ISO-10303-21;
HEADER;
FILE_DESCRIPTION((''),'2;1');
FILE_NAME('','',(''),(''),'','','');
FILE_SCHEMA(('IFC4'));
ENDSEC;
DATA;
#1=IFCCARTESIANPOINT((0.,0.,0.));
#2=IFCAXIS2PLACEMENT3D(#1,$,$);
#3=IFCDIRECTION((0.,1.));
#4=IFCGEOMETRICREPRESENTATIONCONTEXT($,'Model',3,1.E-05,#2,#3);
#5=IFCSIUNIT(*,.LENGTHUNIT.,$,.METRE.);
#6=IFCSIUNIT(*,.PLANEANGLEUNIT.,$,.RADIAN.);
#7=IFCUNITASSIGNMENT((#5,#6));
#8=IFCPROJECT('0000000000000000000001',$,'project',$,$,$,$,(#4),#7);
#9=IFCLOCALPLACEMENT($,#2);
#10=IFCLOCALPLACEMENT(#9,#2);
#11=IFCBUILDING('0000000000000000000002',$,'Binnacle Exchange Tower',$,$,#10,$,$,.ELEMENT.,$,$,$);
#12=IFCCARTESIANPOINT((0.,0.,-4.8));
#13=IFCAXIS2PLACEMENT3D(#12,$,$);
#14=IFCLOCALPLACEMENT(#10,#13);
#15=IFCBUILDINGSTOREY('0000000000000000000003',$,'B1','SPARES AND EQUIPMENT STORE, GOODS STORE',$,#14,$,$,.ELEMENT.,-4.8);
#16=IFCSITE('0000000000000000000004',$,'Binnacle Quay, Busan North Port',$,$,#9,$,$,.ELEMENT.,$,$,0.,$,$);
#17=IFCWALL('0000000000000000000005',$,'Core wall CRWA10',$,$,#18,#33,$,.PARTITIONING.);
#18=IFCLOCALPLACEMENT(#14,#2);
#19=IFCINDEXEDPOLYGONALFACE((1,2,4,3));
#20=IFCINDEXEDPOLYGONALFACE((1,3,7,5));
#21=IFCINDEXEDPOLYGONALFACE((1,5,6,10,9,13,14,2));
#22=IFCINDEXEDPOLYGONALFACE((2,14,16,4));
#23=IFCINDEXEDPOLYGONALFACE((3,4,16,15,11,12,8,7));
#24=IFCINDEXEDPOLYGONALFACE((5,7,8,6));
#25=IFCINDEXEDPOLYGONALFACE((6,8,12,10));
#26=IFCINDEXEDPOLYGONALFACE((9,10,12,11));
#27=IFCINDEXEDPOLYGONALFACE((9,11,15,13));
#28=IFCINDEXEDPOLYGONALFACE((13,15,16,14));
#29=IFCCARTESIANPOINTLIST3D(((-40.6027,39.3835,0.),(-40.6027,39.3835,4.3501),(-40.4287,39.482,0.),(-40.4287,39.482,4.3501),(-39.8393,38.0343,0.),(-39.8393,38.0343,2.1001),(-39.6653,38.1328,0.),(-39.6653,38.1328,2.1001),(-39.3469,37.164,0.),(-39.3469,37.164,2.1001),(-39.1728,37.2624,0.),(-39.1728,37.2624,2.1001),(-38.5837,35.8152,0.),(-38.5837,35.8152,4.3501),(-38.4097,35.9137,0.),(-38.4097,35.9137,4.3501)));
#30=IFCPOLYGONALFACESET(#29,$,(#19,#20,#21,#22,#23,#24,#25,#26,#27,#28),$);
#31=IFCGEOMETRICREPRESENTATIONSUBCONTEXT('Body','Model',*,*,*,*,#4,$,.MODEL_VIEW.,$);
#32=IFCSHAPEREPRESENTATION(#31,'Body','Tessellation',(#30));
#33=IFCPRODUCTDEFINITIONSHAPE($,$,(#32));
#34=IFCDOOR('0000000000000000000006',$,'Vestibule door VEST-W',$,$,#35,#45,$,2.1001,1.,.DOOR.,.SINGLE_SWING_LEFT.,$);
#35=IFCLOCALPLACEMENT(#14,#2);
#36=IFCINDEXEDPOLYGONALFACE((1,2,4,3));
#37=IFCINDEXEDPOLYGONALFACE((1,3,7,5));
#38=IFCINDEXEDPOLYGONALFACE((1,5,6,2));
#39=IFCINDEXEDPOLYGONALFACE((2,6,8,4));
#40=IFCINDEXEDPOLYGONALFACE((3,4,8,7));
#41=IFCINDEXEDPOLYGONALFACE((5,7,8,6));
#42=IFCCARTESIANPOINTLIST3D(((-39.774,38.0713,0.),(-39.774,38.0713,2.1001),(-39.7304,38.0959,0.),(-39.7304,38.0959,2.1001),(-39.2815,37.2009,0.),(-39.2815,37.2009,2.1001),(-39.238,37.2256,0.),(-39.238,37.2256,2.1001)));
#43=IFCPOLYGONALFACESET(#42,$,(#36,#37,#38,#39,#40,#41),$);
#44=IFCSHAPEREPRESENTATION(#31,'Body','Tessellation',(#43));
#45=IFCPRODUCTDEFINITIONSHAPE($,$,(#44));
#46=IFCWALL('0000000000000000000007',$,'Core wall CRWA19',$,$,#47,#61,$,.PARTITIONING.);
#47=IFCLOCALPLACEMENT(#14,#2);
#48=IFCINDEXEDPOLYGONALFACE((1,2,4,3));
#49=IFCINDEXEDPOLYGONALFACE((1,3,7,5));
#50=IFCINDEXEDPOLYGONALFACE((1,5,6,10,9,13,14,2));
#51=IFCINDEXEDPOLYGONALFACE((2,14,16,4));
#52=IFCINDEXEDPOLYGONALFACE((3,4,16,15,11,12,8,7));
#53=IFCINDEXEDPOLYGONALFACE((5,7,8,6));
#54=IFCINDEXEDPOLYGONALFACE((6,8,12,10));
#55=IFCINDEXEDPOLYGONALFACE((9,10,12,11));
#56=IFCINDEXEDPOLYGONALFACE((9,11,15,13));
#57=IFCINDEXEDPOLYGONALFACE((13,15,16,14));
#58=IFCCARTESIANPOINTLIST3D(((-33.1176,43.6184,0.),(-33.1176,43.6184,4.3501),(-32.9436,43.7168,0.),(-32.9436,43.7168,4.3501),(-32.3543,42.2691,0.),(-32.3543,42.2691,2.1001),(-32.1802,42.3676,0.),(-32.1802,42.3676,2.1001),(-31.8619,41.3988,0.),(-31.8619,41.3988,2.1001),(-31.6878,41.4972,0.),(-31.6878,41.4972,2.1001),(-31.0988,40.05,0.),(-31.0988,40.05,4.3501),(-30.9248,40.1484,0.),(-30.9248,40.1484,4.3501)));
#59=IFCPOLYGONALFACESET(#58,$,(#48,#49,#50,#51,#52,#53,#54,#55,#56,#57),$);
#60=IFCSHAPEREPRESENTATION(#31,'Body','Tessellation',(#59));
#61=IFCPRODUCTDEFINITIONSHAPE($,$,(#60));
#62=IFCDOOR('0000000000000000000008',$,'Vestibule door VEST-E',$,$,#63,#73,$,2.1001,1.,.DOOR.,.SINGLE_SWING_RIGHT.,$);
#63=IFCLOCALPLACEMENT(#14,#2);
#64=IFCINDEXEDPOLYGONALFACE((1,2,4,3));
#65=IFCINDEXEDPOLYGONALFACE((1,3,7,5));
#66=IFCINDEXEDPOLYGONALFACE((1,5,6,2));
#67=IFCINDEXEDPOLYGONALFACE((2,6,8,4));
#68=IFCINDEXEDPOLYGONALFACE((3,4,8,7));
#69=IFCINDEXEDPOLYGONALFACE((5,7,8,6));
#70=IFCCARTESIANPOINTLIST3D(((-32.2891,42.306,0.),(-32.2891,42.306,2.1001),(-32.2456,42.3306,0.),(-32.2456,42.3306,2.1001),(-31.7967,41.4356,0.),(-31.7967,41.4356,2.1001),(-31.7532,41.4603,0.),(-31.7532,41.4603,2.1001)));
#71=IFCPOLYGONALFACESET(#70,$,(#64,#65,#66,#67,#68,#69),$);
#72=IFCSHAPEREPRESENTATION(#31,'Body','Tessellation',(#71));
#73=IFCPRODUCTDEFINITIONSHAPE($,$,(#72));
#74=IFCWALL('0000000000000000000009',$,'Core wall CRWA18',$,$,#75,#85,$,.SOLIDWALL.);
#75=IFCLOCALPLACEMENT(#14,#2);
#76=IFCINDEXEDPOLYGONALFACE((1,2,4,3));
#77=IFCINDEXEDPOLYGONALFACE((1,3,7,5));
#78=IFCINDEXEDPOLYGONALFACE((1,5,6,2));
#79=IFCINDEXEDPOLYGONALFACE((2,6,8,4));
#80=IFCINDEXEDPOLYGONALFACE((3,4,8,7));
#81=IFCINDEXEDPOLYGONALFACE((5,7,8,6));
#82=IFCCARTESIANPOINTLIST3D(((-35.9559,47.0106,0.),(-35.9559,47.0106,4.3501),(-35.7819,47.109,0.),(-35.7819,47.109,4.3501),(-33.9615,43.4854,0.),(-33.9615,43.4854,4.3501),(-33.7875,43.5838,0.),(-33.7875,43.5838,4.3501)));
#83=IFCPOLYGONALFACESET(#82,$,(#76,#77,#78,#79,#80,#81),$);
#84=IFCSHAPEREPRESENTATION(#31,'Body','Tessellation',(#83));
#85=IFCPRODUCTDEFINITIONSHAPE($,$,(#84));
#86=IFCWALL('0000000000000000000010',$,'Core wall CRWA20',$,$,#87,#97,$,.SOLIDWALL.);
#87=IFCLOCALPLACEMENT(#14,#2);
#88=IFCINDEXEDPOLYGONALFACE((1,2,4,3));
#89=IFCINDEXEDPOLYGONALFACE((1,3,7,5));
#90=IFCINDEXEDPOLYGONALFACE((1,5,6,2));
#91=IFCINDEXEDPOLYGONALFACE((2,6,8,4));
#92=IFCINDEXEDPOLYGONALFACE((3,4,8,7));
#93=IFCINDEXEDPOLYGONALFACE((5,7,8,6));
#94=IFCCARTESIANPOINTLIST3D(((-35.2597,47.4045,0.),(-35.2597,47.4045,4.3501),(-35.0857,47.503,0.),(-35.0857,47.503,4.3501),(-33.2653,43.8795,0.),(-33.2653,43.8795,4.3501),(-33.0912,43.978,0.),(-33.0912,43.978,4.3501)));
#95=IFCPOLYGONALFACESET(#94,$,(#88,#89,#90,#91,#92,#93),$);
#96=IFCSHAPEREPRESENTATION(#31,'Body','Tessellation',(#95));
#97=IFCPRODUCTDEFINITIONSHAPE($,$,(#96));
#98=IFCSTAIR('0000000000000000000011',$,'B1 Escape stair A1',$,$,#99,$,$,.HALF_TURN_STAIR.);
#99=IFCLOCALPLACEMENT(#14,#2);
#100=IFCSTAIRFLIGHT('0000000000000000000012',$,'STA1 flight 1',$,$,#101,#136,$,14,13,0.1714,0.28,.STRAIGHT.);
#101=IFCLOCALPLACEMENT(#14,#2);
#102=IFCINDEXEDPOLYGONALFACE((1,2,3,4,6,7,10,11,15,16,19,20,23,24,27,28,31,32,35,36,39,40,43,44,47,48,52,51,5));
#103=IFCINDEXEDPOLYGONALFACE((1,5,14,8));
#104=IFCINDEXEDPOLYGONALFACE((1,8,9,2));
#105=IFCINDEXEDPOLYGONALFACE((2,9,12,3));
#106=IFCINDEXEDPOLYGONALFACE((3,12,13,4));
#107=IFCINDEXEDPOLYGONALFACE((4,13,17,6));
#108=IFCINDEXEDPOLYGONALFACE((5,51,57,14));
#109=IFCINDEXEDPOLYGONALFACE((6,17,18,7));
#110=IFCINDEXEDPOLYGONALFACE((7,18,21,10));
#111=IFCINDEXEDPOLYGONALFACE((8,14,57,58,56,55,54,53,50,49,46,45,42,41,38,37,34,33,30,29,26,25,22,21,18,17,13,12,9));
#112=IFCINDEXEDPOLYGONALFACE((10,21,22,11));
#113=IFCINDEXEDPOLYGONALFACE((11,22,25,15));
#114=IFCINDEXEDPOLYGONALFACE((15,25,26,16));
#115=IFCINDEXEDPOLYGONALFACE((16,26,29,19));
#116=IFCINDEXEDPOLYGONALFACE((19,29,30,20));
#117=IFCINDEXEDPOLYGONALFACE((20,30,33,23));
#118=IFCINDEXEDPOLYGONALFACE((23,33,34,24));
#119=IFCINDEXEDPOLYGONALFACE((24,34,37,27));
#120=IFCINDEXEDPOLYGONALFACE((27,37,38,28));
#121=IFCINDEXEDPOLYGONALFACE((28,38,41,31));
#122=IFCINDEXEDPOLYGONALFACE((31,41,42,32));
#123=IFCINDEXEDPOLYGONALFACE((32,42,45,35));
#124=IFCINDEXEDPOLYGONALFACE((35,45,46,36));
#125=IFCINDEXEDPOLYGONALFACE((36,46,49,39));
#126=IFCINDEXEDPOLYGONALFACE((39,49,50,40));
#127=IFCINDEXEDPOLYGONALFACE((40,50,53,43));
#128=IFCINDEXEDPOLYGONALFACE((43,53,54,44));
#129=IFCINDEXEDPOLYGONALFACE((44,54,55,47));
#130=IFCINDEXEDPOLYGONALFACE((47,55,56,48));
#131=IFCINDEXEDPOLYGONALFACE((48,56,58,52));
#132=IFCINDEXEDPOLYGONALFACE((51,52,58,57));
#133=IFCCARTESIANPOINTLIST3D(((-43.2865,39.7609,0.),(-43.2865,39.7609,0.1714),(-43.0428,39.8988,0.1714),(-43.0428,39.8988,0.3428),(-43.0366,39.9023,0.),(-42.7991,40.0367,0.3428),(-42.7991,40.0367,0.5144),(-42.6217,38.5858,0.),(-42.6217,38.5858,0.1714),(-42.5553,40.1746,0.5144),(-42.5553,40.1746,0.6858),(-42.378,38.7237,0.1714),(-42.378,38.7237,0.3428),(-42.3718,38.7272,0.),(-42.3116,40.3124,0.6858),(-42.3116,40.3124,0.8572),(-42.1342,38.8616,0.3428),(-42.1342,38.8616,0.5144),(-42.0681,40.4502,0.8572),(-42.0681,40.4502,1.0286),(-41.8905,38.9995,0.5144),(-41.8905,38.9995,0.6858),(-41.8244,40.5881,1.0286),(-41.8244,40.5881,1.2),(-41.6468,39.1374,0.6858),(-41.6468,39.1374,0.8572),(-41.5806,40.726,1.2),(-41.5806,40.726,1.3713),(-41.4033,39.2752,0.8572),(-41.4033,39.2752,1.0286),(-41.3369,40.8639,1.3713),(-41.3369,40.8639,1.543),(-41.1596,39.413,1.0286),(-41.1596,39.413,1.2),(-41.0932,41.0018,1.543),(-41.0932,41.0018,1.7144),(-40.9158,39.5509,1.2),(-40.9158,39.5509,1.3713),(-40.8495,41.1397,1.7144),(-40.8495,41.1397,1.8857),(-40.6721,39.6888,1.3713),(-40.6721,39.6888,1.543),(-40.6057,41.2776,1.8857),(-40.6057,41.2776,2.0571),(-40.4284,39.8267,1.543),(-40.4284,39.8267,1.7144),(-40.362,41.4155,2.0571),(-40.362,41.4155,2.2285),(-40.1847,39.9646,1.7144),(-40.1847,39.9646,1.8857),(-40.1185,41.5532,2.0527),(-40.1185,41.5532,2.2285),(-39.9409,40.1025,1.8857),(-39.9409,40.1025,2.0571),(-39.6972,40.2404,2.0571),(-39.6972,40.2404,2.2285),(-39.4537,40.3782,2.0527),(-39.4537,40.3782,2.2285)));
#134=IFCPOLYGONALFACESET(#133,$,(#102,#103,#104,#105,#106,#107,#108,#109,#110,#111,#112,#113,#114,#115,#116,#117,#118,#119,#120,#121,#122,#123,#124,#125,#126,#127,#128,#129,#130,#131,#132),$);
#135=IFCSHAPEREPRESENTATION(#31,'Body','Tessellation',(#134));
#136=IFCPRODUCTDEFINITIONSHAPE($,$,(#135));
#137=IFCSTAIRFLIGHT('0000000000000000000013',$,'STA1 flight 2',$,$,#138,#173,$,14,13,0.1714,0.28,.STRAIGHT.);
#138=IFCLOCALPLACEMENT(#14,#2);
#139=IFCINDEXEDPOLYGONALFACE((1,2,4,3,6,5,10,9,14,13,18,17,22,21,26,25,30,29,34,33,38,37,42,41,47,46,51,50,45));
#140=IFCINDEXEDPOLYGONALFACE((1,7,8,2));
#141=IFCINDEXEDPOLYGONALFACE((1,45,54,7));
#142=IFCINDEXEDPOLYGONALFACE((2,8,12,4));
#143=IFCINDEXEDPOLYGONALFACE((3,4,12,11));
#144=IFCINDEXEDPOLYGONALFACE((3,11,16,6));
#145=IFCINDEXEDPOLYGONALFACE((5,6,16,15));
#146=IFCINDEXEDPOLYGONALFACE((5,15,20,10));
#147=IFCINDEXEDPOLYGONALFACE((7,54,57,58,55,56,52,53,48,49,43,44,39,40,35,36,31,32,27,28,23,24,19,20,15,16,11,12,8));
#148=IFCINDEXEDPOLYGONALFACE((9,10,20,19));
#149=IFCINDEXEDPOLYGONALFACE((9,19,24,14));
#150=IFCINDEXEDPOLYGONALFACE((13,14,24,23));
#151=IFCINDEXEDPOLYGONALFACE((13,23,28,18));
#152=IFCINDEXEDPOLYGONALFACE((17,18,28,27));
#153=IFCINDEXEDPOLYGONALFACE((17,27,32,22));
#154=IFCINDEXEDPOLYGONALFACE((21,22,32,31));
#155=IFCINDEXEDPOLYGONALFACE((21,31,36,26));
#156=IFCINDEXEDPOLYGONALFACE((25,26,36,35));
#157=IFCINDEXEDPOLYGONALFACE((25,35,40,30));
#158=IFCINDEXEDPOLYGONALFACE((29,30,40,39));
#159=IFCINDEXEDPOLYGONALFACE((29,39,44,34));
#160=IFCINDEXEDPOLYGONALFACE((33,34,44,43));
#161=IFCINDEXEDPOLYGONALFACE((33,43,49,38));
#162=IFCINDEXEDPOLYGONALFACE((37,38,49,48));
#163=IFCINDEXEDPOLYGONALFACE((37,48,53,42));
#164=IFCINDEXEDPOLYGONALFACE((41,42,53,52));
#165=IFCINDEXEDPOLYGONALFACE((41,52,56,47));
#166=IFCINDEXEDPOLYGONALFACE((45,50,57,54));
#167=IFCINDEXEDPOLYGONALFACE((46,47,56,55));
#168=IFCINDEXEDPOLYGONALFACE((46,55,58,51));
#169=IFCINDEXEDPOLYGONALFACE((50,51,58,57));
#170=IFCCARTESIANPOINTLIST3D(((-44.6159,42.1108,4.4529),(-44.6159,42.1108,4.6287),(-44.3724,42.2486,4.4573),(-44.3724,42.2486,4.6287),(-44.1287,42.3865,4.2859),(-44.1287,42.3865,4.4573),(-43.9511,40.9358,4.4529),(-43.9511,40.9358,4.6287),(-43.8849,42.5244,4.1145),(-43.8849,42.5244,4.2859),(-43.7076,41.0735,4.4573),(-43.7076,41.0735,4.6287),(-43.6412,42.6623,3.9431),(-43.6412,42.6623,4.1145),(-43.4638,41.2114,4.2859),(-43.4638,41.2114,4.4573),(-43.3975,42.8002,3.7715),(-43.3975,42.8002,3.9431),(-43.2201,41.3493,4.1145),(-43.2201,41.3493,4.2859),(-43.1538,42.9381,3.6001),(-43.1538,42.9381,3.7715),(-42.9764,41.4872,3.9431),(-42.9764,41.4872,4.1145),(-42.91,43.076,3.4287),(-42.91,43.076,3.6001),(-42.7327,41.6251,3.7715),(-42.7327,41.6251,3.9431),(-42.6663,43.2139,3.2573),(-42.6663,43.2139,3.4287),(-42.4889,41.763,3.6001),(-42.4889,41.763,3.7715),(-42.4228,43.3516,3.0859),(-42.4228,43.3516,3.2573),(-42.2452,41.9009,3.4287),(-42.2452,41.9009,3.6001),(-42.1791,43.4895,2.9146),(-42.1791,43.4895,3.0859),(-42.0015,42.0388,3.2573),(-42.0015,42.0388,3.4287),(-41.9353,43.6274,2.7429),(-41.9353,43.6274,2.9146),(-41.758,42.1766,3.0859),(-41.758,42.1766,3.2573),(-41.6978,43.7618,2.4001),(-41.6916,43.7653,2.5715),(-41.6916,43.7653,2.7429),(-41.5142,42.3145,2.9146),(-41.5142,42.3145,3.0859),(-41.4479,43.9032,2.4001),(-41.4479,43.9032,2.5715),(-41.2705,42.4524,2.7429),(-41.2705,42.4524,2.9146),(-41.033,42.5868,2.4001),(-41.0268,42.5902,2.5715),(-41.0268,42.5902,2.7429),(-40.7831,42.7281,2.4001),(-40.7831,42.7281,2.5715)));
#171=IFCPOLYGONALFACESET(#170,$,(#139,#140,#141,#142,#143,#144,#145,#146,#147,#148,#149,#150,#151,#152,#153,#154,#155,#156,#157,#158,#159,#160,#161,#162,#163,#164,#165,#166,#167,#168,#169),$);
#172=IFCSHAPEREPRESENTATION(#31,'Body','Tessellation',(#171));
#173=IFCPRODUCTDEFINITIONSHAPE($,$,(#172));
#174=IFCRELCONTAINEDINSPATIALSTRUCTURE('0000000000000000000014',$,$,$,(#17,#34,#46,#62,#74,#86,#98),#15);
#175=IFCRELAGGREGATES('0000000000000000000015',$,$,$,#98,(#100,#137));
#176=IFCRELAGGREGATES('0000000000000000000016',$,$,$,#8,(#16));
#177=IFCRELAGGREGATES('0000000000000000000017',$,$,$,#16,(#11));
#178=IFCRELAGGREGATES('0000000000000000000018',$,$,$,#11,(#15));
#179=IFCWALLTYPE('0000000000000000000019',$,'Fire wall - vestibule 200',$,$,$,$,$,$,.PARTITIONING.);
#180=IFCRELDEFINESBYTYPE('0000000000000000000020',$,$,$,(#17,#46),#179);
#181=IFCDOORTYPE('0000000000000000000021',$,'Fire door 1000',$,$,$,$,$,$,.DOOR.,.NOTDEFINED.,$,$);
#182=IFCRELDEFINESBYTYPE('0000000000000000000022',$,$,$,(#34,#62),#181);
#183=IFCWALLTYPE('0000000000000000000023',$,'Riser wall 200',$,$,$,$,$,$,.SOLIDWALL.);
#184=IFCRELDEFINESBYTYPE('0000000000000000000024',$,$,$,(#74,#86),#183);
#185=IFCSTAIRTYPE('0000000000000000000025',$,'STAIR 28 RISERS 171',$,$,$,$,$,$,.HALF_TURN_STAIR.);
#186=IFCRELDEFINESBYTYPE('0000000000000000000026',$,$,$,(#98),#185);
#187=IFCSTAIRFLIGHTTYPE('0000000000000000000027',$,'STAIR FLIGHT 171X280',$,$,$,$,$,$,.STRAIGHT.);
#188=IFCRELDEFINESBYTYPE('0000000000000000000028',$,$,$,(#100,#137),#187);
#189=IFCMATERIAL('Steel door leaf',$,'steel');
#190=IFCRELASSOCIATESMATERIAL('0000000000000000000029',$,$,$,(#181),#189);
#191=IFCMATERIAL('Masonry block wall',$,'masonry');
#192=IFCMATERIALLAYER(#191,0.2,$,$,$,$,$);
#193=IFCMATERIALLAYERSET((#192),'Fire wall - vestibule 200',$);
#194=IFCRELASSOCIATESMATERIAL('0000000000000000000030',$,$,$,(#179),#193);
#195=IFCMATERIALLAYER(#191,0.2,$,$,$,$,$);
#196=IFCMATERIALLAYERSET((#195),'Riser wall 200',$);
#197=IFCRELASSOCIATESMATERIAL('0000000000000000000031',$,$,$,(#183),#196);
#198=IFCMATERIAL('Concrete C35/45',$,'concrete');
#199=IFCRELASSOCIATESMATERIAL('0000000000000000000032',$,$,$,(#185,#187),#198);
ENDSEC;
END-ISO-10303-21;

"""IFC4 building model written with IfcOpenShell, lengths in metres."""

from ifc_helpers import new_model, si_unit, direction, frame, frame_2d, origin, place, context, subcontext, project, spatial, polyline, rectangle, outline, extrude, material, layer, layer_set, type_object, element, fill, aggregate, save


model = new_model("IFC4")

# Units and contexts
model_context = context("Model", 3, precision=1e-05, world=origin(), true_north=direction((0.0, 1.0)))
body_context = subcontext(model_context, "Body", "Model", "MODEL_VIEW")
ifc_project = project(units=[si_unit("LENGTHUNIT", "METRE"), si_unit("PLANEANGLEUNIT", "RADIAN")], contexts=[model_context])

# Site, building, storey
site_placement = place(None, origin())
site = spatial("IfcSite", under=ifc_project, at=site_placement, Name="Binnacle Quay, Busan North Port", CompositionType="ELEMENT", RefElevation=0.0)
building_placement = place(site_placement, origin())
building = spatial("IfcBuilding", under=site, at=building_placement, Name="Binnacle Exchange Tower", CompositionType="ELEMENT")
storey_placement = place(building_placement, frame((0.0, 0.0, -4.8)))
storey = spatial("IfcBuildingStorey", under=building, at=storey_placement, Name="B1", Description="SPARES AND EQUIPMENT STORE, GOODS STORE", CompositionType="ELEMENT", Elevation=-4.8)

# Shared definitions
ifc_material_1 = material(Name="Steel door leaf", Category="steel")

# Shared definitions
door_type_1 = type_object("IfcDoorType", Name="Fire door 1000", OperationType="NOTDEFINED", PredefinedType="DOOR", material=ifc_material_1)

# Walls, openings, doors
ifc_material_2 = material(Name="Masonry block wall", Category="masonry")
ifc_layer_1 = layer(ifc_material_2, 0.2)
ifc_layer_set_1 = layer_set([ifc_layer_1], Name="Fire wall - vestibule 200")
wall_type_1 = type_object("IfcWallType", Name="Fire wall - vestibule 200", PredefinedType="PARTITIONING", material=ifc_layer_set_1)
wall_1_placement = place(storey_placement, frame((-40.5156, 39.4326, 0.0), z_axis=(0.0, 0.0, 1.0), x_axis=(0.492454, -0.870339, 0.0)))
wall_1 = element("IfcWall", 1, at=wall_1_placement, inside=storey, type_object=wall_type_1, Name="Core wall CRWA10", PredefinedType="PARTITIONING", context=body_context, shape_type="SweptSolid", body=[
    extrude(rectangle(XDim=4.0999, YDim=0.2, at=frame_2d((2.0498, 0.0))), origin(), (0.0, 0.0, 1.0), 4.3501),
])
opening_1_placement = place(wall_1_placement, frame((1.55, 0.0, 0.0)))
opening_1 = element("IfcOpeningElement", 2, at=opening_1_placement, cuts=wall_1, PredefinedType="OPENING", context=body_context, shape_type="SweptSolid", body=[
    extrude(rectangle(XDim=1.0, YDim=2.1001, at=frame_2d((0.5, 1.05))), frame((0.0, 0.1099, 0.0), z_axis=(0.0, -1.0, 0.0), x_axis=(1.0, 0.0, 0.0)), (0.0, 0.0, 1.0), 0.22),
])
door_1_placement = place(opening_1_placement, frame((1.0, 0.0, 0.0), z_axis=(0.0, 0.0, 1.0), x_axis=(-1.0, 0.0, 0.0)))
door_1 = element("IfcDoor", 3, at=door_1_placement, inside=storey, type_object=door_type_1, Name="Vestibule door VEST-W", OperationType="SINGLE_SWING_LEFT", OverallHeight=2.1001, OverallWidth=1.0, PredefinedType="DOOR", context=body_context, shape_type="SweptSolid", body=[
    extrude(rectangle(XDim=1.0, YDim=2.1001, at=frame_2d((0.5, 1.05))), frame((0.0, 0.0249, 0.0), z_axis=(0.0, -1.0, 0.0), x_axis=(1.0, 0.0, 0.0)), (0.0, 0.0, 1.0), 0.05),
])
fill(opening_1, door_1)
wall_2_placement = place(storey_placement, frame((-33.0305, 43.6675, 0.0), z_axis=(0.0, 0.0, 1.0), x_axis=(0.492408, -0.870364, 0.0)))
wall_2 = element("IfcWall", 4, at=wall_2_placement, inside=storey, type_object=wall_type_1, Name="Core wall CRWA19", PredefinedType="PARTITIONING", context=body_context, shape_type="SweptSolid", body=[
    extrude(rectangle(XDim=4.0999, YDim=0.2, at=frame_2d((2.0498, 0.0))), origin(), (0.0, 0.0, 1.0), 4.3501),
])
opening_2_placement = place(wall_2_placement, frame((1.55, 0.0, 0.0)))
opening_2 = element("IfcOpeningElement", 5, at=opening_2_placement, cuts=wall_2, PredefinedType="OPENING", context=body_context, shape_type="SweptSolid", body=[
    extrude(rectangle(XDim=1.0, YDim=2.1001, at=frame_2d((0.5, 1.05))), frame((0.0, 0.1099, 0.0), z_axis=(0.0, -1.0, 0.0), x_axis=(1.0, 0.0, 0.0)), (0.0, 0.0, 1.0), 0.22),
])
door_2_placement = place(opening_2_placement, origin())
door_2 = element("IfcDoor", 6, at=door_2_placement, inside=storey, type_object=door_type_1, Name="Vestibule door VEST-E", OperationType="SINGLE_SWING_RIGHT", OverallHeight=2.1001, OverallWidth=1.0, PredefinedType="DOOR", context=body_context, shape_type="SweptSolid", body=[
    extrude(rectangle(XDim=1.0, YDim=2.1001, at=frame_2d((0.5, 1.05))), frame((0.0, 0.0249, 0.0), z_axis=(0.0, -1.0, 0.0), x_axis=(1.0, 0.0, 0.0)), (0.0, 0.0, 1.0), 0.05),
])
fill(opening_2, door_2)

# Walls
ifc_layer_2 = layer(ifc_material_2, 0.2)
ifc_layer_set_2 = layer_set([ifc_layer_2], Name="Riser wall 200")
wall_type_2 = type_object("IfcWallType", Name="Riser wall 200", PredefinedType="SOLIDWALL", material=ifc_layer_set_2)
wall_3_placement = place(storey_placement, frame((-35.8689, 47.0598, 0.0), z_axis=(0.0, 0.0, 1.0), x_axis=(0.492415, -0.870361, 0.0)))
element("IfcWall", 7, at=wall_3_placement, inside=storey, type_object=wall_type_2, Name="Core wall CRWA18", PredefinedType="SOLIDWALL", context=body_context, shape_type="SweptSolid", body=[
    extrude(rectangle(XDim=4.0503, YDim=0.2, at=frame_2d((2.0251, 0.0))), origin(), (0.0, 0.0, 1.0), 4.3501),
])
wall_4_placement = place(storey_placement, frame((-35.1726, 47.4536, 0.0), z_axis=(0.0, 0.0, 1.0), x_axis=(0.492441, -0.870346, 0.0)))
element("IfcWall", 8, at=wall_4_placement, inside=storey, type_object=wall_type_2, Name="Core wall CRWA20", PredefinedType="SOLIDWALL", context=body_context, shape_type="SweptSolid", body=[
    extrude(rectangle(XDim=4.05, YDim=0.2, at=frame_2d((2.0249, 0.0))), origin(), (0.0, 0.0, 1.0), 4.3501),
])

# Stair, stair flights
ifc_material_3 = material(Name="Concrete C35/45", Category="concrete")
stair_type = type_object("IfcStairType", Name="STAIR 28 RISERS 171", PredefinedType="HALF_TURN_STAIR", material=ifc_material_3)
stair_placement = place(storey_placement, origin())
stair = element("IfcStair", 9, at=stair_placement, inside=storey, type_object=stair_type, Name="B1 Escape stair A1", PredefinedType="HALF_TURN_STAIR")
stair_flight_type = type_object("IfcStairFlightType", Name="STAIR FLIGHT 171X280", PredefinedType="STRAIGHT", material=ifc_material_3)
stair_flight_1_placement = place(storey_placement, frame((-42.9541, 39.1733, 0.0), z_axis=(0.0, 0.0, 1.0), x_axis=(0.870356, 0.492424, 0.0)))
stair_flight_1 = element("IfcStairFlight", 10, at=stair_flight_1_placement, type_object=stair_flight_type, Name="STA1 flight 1", NumberOfRisers=14, NumberOfTreads=13, PredefinedType="STRAIGHT", RiserHeight=0.1714, TreadLength=0.28, context=body_context, shape_type="SweptSolid", body=[
    extrude(outline(polyline([(0.0, 0.0), (0.0, 0.1714), (0.28, 0.1714), (0.28, 0.3428), (0.5601, 0.3428), (0.5601, 0.5144), (0.8401, 0.5144), (0.8401, 0.6858), (1.1201, 0.6858), (1.1201, 0.8572), (1.3999, 0.8572), (1.3999, 1.0286), (1.6799, 1.0286), (1.6799, 1.2), (1.96, 1.2), (1.96, 1.3713), (2.24, 1.3713), (2.24, 1.543), (2.52, 1.543), (2.52, 1.7144), (2.8, 1.7144), (2.8, 1.8857), (3.0801, 1.8857), (3.0801, 2.0571), (3.3601, 2.0571), (3.3601, 2.2285), (3.6399, 2.2285), (3.6399, 2.3999), (3.6399, 2.0527), (0.2871, 0.0), (0.0, 0.0)])), frame((0.0, 0.675, 0.0), z_axis=(0.0, -1.0, 0.0), x_axis=(1.0, 0.0, 0.0)), (0.0, 0.0, 1.0), 1.3501),
])
stair_flight_2_placement = place(storey_placement, frame((-41.1155, 43.3157, 2.4001), z_axis=(0.0, 0.0, 1.0), x_axis=(-0.870356, -0.492424, 0.0)))
stair_flight_2 = element("IfcStairFlight", 11, at=stair_flight_2_placement, type_object=stair_flight_type, Name="STA1 flight 2", NumberOfRisers=14, NumberOfTreads=13, PredefinedType="STRAIGHT", RiserHeight=0.1714, TreadLength=0.28, context=body_context, shape_type="SweptSolid", body=[
    extrude(outline(polyline([(0.0, 0.0), (0.0, 0.1714), (0.28, 0.1714), (0.28, 0.3428), (0.5601, 0.3428), (0.5601, 0.5144), (0.8401, 0.5144), (0.8401, 0.6858), (1.1201, 0.6858), (1.1201, 0.8572), (1.3999, 0.8572), (1.3999, 1.0286), (1.6799, 1.0286), (1.6799, 1.2), (1.96, 1.2), (1.96, 1.3713), (2.24, 1.3713), (2.24, 1.543), (2.52, 1.543), (2.52, 1.7144), (2.8, 1.7144), (2.8, 1.8857), (3.0801, 1.8857), (3.0801, 2.0571), (3.3601, 2.0571), (3.3601, 2.2285), (3.6399, 2.2285), (3.6399, 2.3999), (3.6399, 2.0527), (0.2871, 0.0), (0.0, 0.0)])), frame((0.0, 0.675, 0.0), z_axis=(0.0, -1.0, 0.0), x_axis=(1.0, 0.0, 0.0)), (0.0, 0.0, 1.0), 1.3501),
])
aggregate(stair, [stair_flight_1, stair_flight_2])

save(model, "model.ifc")
